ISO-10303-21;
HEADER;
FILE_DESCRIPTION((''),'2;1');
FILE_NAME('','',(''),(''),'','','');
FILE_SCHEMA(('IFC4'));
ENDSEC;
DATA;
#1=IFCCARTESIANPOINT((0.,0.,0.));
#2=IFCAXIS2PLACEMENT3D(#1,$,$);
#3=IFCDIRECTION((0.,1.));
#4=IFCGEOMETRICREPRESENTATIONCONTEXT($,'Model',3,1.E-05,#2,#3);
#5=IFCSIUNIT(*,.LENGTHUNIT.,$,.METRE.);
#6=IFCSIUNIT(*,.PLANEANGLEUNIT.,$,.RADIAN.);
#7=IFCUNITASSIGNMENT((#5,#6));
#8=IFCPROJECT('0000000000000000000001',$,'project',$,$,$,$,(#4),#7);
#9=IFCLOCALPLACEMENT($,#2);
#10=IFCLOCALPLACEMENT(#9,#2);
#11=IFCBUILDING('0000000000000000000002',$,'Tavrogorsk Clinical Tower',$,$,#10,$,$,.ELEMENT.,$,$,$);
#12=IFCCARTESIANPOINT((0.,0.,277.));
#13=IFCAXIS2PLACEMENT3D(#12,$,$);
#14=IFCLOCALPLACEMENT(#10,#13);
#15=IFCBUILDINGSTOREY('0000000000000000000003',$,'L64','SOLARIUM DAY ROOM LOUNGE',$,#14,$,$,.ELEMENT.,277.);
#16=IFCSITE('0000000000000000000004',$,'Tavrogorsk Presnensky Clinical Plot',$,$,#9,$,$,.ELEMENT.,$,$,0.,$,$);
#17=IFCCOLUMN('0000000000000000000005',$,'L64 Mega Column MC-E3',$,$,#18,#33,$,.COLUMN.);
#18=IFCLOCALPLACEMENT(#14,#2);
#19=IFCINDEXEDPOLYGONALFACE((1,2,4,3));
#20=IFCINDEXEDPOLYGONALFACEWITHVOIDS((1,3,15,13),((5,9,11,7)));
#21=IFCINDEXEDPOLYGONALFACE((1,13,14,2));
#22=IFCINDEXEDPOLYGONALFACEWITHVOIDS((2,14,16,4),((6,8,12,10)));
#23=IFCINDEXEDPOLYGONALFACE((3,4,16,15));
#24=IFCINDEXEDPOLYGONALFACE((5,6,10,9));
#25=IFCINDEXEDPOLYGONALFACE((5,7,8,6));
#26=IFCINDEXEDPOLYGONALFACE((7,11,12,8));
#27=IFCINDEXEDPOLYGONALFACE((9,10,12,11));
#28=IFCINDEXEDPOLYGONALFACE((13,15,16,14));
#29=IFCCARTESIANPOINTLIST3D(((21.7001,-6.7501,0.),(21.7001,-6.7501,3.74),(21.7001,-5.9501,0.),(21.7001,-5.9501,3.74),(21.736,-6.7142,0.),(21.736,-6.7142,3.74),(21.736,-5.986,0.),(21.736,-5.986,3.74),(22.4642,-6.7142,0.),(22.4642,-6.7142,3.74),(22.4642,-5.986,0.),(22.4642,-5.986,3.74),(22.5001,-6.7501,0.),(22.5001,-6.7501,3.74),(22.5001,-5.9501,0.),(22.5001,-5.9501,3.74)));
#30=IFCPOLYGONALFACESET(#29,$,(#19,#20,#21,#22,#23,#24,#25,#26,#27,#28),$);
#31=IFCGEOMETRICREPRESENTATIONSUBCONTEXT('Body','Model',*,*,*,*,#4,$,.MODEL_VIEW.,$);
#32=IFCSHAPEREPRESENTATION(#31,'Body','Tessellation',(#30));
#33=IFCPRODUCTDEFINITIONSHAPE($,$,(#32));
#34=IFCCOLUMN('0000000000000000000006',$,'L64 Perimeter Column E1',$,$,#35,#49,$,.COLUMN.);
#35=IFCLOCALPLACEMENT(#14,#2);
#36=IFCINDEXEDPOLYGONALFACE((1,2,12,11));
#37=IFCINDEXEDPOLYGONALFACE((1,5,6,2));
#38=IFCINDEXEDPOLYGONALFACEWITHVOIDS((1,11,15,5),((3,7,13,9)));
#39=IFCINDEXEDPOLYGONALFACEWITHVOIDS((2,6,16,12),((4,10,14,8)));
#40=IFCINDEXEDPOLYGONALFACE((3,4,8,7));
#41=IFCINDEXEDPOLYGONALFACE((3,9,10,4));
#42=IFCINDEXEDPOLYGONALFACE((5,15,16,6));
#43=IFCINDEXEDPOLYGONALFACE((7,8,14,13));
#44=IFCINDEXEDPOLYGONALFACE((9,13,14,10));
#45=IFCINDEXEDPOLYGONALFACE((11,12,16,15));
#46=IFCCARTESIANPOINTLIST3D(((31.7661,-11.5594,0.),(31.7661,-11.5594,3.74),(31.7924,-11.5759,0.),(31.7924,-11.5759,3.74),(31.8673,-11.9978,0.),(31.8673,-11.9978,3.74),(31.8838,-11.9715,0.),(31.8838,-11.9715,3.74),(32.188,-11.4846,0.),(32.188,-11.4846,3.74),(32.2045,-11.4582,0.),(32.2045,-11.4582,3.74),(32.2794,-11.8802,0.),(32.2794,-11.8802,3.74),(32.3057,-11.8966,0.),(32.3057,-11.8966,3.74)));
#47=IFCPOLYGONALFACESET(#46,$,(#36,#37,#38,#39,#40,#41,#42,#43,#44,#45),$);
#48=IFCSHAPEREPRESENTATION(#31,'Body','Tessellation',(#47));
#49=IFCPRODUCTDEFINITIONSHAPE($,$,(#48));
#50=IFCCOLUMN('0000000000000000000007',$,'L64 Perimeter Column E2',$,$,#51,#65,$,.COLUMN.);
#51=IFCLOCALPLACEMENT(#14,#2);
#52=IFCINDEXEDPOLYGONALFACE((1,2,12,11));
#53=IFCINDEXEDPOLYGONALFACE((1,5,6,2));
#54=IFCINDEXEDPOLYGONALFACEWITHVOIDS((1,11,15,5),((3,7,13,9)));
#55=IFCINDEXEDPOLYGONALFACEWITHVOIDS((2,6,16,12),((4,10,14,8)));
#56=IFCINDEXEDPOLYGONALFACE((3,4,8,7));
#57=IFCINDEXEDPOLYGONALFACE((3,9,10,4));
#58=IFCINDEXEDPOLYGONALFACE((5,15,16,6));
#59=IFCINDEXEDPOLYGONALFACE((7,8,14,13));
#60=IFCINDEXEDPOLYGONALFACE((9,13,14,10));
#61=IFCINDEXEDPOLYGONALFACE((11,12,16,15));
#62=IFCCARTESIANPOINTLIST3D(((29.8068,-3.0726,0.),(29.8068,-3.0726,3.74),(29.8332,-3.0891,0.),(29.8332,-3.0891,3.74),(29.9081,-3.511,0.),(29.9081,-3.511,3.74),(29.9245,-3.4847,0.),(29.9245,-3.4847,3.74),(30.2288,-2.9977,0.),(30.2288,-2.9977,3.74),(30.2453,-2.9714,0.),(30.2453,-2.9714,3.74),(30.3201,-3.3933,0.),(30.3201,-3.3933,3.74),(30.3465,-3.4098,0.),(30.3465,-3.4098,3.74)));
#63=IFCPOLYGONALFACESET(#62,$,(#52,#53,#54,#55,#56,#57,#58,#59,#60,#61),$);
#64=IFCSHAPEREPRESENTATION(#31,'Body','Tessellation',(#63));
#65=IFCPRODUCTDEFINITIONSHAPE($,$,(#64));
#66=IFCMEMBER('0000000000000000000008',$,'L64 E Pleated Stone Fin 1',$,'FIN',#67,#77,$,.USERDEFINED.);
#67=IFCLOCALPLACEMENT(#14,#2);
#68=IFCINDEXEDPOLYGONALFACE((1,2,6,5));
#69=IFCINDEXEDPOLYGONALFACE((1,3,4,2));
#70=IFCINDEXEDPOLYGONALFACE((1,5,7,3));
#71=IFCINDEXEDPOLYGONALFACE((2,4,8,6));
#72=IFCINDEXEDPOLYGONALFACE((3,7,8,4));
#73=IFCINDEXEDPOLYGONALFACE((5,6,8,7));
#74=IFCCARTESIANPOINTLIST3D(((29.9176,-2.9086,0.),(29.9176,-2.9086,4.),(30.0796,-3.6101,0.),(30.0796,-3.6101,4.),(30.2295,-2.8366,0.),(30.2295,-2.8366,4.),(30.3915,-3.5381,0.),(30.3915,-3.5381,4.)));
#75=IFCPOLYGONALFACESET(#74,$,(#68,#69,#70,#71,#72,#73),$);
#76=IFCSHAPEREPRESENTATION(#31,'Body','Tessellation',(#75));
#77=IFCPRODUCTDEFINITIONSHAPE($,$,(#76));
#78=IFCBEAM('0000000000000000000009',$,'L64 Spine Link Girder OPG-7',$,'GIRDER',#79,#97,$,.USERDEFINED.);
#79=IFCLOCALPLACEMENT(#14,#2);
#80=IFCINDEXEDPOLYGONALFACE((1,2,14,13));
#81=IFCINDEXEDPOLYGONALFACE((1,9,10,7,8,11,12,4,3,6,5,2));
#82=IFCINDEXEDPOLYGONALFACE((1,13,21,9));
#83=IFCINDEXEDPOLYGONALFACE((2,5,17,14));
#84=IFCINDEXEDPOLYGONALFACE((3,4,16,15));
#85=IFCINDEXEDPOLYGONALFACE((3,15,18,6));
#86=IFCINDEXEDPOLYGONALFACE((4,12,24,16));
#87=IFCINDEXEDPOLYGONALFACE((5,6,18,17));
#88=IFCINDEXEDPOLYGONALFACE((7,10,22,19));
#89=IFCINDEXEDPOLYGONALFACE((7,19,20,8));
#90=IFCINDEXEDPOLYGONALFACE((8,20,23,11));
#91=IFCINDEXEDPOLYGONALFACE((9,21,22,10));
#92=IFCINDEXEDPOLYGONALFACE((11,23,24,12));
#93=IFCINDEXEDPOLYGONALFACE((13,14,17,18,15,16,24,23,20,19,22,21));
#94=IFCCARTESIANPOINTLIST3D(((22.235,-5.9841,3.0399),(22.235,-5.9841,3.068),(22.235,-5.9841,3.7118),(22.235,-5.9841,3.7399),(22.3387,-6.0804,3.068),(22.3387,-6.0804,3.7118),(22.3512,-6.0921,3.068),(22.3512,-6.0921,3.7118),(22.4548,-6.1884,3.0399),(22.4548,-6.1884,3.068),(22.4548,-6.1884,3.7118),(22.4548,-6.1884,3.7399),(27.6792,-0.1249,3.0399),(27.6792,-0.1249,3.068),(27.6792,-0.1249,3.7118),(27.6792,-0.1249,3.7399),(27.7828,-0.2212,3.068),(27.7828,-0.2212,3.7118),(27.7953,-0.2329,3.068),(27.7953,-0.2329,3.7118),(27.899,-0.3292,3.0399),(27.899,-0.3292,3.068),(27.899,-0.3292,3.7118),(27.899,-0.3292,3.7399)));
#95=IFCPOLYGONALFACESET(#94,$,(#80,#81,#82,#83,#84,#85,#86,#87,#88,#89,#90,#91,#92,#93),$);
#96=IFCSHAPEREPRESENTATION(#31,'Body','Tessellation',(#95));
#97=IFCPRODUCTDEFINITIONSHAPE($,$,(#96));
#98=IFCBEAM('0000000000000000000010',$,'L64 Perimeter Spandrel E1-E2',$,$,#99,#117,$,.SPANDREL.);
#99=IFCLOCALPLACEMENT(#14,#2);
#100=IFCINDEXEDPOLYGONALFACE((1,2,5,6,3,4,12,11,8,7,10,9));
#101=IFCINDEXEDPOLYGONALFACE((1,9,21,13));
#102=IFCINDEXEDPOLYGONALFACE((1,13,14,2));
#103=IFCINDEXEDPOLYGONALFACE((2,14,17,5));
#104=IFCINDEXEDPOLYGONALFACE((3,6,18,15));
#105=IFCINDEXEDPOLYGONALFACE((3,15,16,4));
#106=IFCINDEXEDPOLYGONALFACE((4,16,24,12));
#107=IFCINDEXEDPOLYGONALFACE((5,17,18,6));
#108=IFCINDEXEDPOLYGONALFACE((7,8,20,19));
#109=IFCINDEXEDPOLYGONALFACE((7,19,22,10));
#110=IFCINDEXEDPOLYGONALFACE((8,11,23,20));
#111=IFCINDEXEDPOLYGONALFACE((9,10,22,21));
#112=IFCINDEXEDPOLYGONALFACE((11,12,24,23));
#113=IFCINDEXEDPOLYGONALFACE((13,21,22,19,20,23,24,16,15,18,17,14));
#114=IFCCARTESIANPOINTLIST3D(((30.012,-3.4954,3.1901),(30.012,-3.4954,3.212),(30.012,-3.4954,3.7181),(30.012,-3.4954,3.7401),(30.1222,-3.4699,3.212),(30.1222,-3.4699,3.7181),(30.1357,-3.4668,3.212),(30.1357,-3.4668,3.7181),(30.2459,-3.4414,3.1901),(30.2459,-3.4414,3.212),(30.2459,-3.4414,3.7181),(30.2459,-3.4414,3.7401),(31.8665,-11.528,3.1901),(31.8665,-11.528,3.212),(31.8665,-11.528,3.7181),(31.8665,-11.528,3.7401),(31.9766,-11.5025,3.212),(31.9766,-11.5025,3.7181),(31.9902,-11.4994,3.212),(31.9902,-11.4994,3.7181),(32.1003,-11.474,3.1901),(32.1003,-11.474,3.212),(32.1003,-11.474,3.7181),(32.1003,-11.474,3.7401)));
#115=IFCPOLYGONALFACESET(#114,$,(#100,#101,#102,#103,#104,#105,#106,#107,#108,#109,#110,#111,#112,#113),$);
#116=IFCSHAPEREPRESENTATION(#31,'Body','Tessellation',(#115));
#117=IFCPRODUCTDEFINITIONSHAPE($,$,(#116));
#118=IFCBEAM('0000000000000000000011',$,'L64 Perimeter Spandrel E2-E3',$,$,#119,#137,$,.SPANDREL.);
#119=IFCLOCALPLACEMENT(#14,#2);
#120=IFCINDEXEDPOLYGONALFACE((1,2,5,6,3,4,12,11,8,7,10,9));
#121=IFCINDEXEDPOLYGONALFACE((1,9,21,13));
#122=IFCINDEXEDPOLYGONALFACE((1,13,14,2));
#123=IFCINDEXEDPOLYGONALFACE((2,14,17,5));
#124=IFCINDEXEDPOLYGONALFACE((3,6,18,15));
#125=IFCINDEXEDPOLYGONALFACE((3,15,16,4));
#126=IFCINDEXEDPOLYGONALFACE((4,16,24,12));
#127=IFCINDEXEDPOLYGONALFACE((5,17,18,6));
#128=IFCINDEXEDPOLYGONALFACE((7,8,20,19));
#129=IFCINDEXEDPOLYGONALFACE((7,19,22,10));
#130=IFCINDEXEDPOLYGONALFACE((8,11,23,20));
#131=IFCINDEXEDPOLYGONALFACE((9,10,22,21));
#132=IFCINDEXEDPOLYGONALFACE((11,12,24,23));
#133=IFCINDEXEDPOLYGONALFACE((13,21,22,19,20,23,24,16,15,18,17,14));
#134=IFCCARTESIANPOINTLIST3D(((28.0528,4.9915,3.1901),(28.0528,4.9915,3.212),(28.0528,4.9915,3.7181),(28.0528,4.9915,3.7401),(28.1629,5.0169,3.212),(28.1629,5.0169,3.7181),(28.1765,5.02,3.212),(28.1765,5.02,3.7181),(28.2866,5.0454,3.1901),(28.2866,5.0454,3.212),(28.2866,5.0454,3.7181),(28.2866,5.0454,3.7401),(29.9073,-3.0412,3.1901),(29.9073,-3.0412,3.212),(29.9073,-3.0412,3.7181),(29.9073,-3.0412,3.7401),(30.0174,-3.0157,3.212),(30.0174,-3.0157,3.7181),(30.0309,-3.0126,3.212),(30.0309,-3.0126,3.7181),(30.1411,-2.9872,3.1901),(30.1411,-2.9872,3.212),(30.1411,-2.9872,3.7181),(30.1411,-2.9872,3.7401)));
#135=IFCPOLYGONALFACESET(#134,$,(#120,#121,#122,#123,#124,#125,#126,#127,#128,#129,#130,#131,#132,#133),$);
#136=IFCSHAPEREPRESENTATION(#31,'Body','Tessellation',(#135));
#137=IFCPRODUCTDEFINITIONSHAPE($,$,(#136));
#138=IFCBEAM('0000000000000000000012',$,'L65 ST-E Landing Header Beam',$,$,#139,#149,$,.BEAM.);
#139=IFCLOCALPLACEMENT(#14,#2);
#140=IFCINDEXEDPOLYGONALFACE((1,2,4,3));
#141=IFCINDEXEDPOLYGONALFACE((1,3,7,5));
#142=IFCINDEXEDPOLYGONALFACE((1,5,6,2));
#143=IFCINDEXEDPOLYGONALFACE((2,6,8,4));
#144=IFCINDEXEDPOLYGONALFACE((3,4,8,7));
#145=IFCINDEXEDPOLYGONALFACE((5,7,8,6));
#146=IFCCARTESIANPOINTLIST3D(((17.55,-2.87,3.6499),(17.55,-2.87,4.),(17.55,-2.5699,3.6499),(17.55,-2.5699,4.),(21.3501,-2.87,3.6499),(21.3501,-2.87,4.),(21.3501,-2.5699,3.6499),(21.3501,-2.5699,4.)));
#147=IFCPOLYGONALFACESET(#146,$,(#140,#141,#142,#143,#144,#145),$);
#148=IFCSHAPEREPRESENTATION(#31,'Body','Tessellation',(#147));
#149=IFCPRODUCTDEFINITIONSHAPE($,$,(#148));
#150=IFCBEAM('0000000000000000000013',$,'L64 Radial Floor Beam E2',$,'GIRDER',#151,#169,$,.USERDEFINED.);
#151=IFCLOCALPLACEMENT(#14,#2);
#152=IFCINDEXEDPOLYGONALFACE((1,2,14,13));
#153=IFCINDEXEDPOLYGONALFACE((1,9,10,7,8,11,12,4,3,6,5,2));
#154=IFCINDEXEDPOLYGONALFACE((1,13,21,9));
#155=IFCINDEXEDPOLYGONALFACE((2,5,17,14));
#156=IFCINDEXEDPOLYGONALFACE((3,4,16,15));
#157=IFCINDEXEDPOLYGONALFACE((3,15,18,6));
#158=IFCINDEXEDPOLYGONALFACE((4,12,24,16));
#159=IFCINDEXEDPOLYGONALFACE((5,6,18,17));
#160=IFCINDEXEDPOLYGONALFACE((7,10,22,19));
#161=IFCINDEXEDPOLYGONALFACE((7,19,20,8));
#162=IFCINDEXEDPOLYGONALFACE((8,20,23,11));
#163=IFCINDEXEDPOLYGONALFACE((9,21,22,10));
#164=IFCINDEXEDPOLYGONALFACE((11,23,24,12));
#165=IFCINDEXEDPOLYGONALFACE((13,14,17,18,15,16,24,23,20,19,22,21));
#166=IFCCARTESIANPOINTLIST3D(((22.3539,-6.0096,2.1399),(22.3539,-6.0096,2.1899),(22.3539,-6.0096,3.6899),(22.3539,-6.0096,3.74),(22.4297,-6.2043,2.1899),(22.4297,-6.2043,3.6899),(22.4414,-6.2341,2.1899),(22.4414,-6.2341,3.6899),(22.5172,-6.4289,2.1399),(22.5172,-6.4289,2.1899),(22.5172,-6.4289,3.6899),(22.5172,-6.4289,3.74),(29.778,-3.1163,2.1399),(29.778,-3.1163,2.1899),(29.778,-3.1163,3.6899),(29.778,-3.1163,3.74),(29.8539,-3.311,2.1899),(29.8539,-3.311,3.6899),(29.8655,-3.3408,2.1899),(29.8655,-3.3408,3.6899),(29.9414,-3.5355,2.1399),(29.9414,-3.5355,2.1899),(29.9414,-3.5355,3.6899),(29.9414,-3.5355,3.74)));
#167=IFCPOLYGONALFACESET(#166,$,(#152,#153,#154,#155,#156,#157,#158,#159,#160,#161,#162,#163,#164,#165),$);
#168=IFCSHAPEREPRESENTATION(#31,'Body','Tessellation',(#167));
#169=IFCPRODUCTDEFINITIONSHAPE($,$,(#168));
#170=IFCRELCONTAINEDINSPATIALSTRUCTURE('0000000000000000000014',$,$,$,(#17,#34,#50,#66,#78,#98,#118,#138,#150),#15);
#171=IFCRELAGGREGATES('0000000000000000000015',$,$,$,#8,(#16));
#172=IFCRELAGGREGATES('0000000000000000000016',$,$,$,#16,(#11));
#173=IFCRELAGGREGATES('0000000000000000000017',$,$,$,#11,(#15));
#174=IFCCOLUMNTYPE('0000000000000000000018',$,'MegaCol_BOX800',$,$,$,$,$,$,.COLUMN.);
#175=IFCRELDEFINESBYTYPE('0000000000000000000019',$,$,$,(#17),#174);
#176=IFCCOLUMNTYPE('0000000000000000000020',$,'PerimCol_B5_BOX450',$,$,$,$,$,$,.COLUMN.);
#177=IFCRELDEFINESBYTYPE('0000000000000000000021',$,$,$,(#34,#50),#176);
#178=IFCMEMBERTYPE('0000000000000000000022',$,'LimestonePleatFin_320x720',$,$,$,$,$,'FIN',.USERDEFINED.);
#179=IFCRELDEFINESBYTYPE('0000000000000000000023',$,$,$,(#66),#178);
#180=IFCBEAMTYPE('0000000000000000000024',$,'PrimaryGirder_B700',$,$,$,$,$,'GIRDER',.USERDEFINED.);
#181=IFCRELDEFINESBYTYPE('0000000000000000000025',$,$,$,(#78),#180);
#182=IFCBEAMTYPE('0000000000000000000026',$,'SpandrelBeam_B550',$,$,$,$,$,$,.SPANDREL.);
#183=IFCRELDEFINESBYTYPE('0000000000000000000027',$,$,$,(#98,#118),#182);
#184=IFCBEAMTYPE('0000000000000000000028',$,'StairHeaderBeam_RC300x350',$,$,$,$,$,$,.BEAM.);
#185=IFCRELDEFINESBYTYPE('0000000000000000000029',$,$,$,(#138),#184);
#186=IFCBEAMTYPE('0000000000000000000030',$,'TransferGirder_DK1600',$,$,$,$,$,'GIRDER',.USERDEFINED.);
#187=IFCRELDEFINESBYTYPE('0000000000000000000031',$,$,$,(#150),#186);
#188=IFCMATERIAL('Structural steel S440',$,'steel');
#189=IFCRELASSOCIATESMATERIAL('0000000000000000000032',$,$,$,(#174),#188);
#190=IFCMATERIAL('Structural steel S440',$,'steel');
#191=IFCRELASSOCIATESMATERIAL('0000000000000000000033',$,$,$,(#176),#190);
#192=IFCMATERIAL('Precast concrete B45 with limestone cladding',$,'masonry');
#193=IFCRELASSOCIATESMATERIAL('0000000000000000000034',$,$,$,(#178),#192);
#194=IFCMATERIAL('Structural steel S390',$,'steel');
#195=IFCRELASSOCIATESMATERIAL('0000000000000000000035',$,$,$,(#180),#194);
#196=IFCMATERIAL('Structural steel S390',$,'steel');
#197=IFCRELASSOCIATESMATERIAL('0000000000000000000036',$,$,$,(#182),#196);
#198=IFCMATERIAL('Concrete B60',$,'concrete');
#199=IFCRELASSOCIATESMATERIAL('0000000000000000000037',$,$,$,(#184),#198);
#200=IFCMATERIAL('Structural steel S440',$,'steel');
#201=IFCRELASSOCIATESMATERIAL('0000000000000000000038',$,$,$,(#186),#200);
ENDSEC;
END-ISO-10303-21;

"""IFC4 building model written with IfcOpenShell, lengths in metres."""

from ifc_helpers import new_model, si_unit, direction, frame, origin, origin_2d, place, context, subcontext, project, spatial, rectangle, hollow_rectangle, i_section, extrude, material, material_profile, profile_set, type_object, element, save


model = new_model("IFC4")

# Units and contexts
model_context = context("Model", 3, precision=1e-05, world=origin(), true_north=direction((0.0, 1.0)))
body_context = subcontext(model_context, "Body", "Model", "MODEL_VIEW")
ifc_project = project(units=[si_unit("LENGTHUNIT", "METRE"), si_unit("PLANEANGLEUNIT", "RADIAN")], contexts=[model_context])

# Site, building, storey
site_placement = place(None, origin())
site = spatial("IfcSite", under=ifc_project, at=site_placement, Name="Tavrogorsk Presnensky Clinical Plot", CompositionType="ELEMENT", RefElevation=0.0)
building_placement = place(site_placement, origin())
building = spatial("IfcBuilding", under=site, at=building_placement, Name="Tavrogorsk Clinical Tower", CompositionType="ELEMENT")
storey_placement = place(building_placement, frame((0.0, 0.0, 277.0)))
storey = spatial("IfcBuildingStorey", under=building, at=storey_placement, Name="L64", Description="SOLARIUM DAY ROOM LOUNGE", CompositionType="ELEMENT", Elevation=277.0)

# Columns
ifc_material_1 = material(Name="Structural steel S440", Category="steel")
ifc_material_profile_1 = material_profile(ifc_material_1, hollow_rectangle(XDim=0.8, YDim=0.8, WallThickness=0.0359, at=origin_2d()), Name="BOX-800x800x36")
ifc_profile_set_1 = profile_set([ifc_material_profile_1], Name="Structural steel S440")
column_type_1 = type_object("IfcColumnType", Name="MegaCol_BOX800", PredefinedType="COLUMN", material=ifc_profile_set_1)
column_placement = place(storey_placement, frame((22.1001, -6.3501, 0.0), z_axis=(0.0, 0.0, 1.0), x_axis=(1.0, 0.0, 0.0)))
element("IfcColumn", 1, at=column_placement, inside=storey, type_object=column_type_1, Name="L64 Mega Column MC-E3", PredefinedType="COLUMN", context=body_context, shape_type="SweptSolid", body=[
    extrude(hollow_rectangle(XDim=0.8, YDim=0.8, WallThickness=0.0359, at=origin_2d()), origin(), (0.0, 0.0, 1.0), 3.74),
])
ifc_material_2 = material(Name="Structural steel S440", Category="steel")
ifc_material_profile_2 = material_profile(ifc_material_2, hollow_rectangle(XDim=0.45, YDim=0.45, WallThickness=0.022, at=origin_2d()), Name="BOX-450x450x22")
ifc_profile_set_2 = profile_set([ifc_material_profile_2], Name="Structural steel S440")
column_type_2 = type_object("IfcColumnType", Name="PerimCol_B5_BOX450", PredefinedType="COLUMN", material=ifc_profile_set_2)
for number, where, z_axis, x_axis, name in (
    (2, (32.0359, -11.728, 0.0), (0.0, 0.0, 1.0), (0.97437, 0.224951, 0.0), "L64 Perimeter Column E1"),
    (3, (30.0767, -3.2412, 0.0), (0.0, 0.0, 1.0), (0.97437, 0.224951, 0.0), "L64 Perimeter Column E2"),
):
    element("IfcColumn", number, at=place(storey_placement, frame(where, z_axis=z_axis, x_axis=x_axis)), inside=storey, type_object=column_type_2, Name=name, PredefinedType="COLUMN", context=body_context, shape_type="SweptSolid", body=[
        extrude(hollow_rectangle(XDim=0.45, YDim=0.45, WallThickness=0.022, at=origin_2d()), origin(), (0.0, 0.0, 1.0), 3.74),
    ])

# Member
ifc_material_3 = material(Name="Precast concrete B45 with limestone cladding", Category="masonry")
ifc_material_profile_3 = material_profile(ifc_material_3, rectangle(XDim=0.3201, YDim=0.72, at=origin_2d()), Name="LIMESTONE-FIN-320x720")
ifc_profile_set_3 = profile_set([ifc_material_profile_3], Name="Precast concrete B45 with limestone cladding")
member_type = type_object("IfcMemberType", Name="LimestonePleatFin_320x720", ElementType="FIN", PredefinedType="USERDEFINED", material=ifc_profile_set_3)
member_placement = place(storey_placement, frame((30.1545, -3.2234, 0.0), z_axis=(0.0, 0.0, 1.0), x_axis=(0.97437, 0.224951, 0.0)))
element("IfcMember", 4, at=member_placement, inside=storey, type_object=member_type, Name="L64 E Pleated Stone Fin 1", ObjectType="FIN", PredefinedType="USERDEFINED", context=body_context, shape_type="SweptSolid", body=[
    extrude(rectangle(XDim=0.3201, YDim=0.72, at=origin_2d()), origin(), (0.0, 0.0, 1.0), 4.0),
])

# Beams
ifc_material_4 = material(Name="Structural steel S390", Category="steel")
ifc_material_profile_4 = material_profile(ifc_material_4, i_section(OverallWidth=0.3, OverallDepth=0.7, WebThickness=0.0171, FlangeThickness=0.0281, at=origin_2d()), Name="B-700x300x17x28")
ifc_profile_set_4 = profile_set([ifc_material_profile_4], Name="Structural steel S390")
beam_type_1 = type_object("IfcBeamType", Name="PrimaryGirder_B700", ElementType="GIRDER", PredefinedType="USERDEFINED", material=ifc_profile_set_4)
beam_1_placement = place(storey_placement, frame((27.7891, -0.2271, 3.3899), z_axis=(-0.680684, -0.732577, 0.0), x_axis=(0.732577, -0.680684, 0.0)))
element("IfcBeam", 5, at=beam_1_placement, inside=storey, type_object=beam_type_1, Name="L64 Spine Link Girder OPG-7", ObjectType="GIRDER", PredefinedType="USERDEFINED", context=body_context, shape_type="SweptSolid", body=[
    extrude(i_section(OverallWidth=0.3, OverallDepth=0.7, WebThickness=0.0171, FlangeThickness=0.0281, at=origin_2d()), origin(), (0.0, 0.0, 1.0), 7.998),
])
ifc_material_5 = material(Name="Structural steel S390", Category="steel")
ifc_material_profile_5 = material_profile(ifc_material_5, i_section(OverallWidth=0.24, OverallDepth=0.55, WebThickness=0.0139, FlangeThickness=0.022, at=origin_2d()), Name="B-550x240x14x22")
ifc_profile_set_5 = profile_set([ifc_material_profile_5], Name="Structural steel S390")
beam_type_2 = type_object("IfcBeamType", Name="SpandrelBeam_B550", PredefinedType="SPANDREL", material=ifc_profile_set_5)
for number, where, z_axis, x_axis, name in (
    (6, (31.9834, -11.501, 3.4651), (-0.22495, 0.97437, 0.0), (-0.97437, -0.22495, 0.0), "L64 Perimeter Spandrel E1-E2"),
    (7, (30.0242, -3.0142, 3.4651), (-0.22495, 0.97437, 0.0), (-0.97437, -0.22495, 0.0), "L64 Perimeter Spandrel E2-E3"),
):
    element("IfcBeam", number, at=place(storey_placement, frame(where, z_axis=z_axis, x_axis=x_axis)), inside=storey, type_object=beam_type_2, Name=name, PredefinedType="SPANDREL", context=body_context, shape_type="SweptSolid", body=[
        extrude(i_section(OverallWidth=0.24, OverallDepth=0.55, WebThickness=0.0139, FlangeThickness=0.022, at=origin_2d()), origin(), (0.0, 0.0, 1.0), 8.2439),
    ])
ifc_material_6 = material(Name="Concrete B60", Category="concrete")
ifc_material_profile_6 = material_profile(ifc_material_6, rectangle(XDim=0.3, YDim=0.3501, at=origin_2d()), Name="RC-SHB-300x350")
ifc_profile_set_6 = profile_set([ifc_material_profile_6], Name="Concrete B60")
beam_type_3 = type_object("IfcBeamType", Name="StairHeaderBeam_RC300x350", PredefinedType="BEAM", material=ifc_profile_set_6)
beam_2_placement = place(storey_placement, frame((17.55, -2.72, 3.825), z_axis=(1.0, 0.0, 0.0), x_axis=(0.0, 1.0, 0.0)))
element("IfcBeam", 8, at=beam_2_placement, inside=storey, type_object=beam_type_3, Name="L65 ST-E Landing Header Beam", PredefinedType="BEAM", context=body_context, shape_type="SweptSolid", body=[
    extrude(rectangle(XDim=0.3, YDim=0.3501, at=origin_2d()), origin(), (0.0, 0.0, 1.0), 3.8),
])
ifc_material_7 = material(Name="Structural steel S440", Category="steel")
ifc_material_profile_7 = material_profile(ifc_material_7, i_section(OverallWidth=0.45, OverallDepth=1.6001, WebThickness=0.032, FlangeThickness=0.05, at=origin_2d()), Name="DK-1600x450x32x50")
ifc_profile_set_7 = profile_set([ifc_material_profile_7], Name="Structural steel S440")
beam_type_4 = type_object("IfcBeamType", Name="TransferGirder_DK1600", ElementType="GIRDER", PredefinedType="USERDEFINED", material=ifc_profile_set_7)
beam_3_placement = place(storey_placement, frame((22.4355, -6.2192, 2.9399), z_axis=(0.931743, 0.363119, 0.0), x_axis=(-0.363119, 0.931743, 0.0)))
element("IfcBeam", 9, at=beam_3_placement, inside=storey, type_object=beam_type_4, Name="L64 Radial Floor Beam E2", ObjectType="GIRDER", PredefinedType="USERDEFINED", context=body_context, shape_type="SweptSolid", body=[
    extrude(i_section(OverallWidth=0.45, OverallDepth=1.6001, WebThickness=0.032, FlangeThickness=0.05, at=origin_2d()), origin(), (0.0, 0.0, 1.0), 7.968),
])

save(model, "model.ifc")
